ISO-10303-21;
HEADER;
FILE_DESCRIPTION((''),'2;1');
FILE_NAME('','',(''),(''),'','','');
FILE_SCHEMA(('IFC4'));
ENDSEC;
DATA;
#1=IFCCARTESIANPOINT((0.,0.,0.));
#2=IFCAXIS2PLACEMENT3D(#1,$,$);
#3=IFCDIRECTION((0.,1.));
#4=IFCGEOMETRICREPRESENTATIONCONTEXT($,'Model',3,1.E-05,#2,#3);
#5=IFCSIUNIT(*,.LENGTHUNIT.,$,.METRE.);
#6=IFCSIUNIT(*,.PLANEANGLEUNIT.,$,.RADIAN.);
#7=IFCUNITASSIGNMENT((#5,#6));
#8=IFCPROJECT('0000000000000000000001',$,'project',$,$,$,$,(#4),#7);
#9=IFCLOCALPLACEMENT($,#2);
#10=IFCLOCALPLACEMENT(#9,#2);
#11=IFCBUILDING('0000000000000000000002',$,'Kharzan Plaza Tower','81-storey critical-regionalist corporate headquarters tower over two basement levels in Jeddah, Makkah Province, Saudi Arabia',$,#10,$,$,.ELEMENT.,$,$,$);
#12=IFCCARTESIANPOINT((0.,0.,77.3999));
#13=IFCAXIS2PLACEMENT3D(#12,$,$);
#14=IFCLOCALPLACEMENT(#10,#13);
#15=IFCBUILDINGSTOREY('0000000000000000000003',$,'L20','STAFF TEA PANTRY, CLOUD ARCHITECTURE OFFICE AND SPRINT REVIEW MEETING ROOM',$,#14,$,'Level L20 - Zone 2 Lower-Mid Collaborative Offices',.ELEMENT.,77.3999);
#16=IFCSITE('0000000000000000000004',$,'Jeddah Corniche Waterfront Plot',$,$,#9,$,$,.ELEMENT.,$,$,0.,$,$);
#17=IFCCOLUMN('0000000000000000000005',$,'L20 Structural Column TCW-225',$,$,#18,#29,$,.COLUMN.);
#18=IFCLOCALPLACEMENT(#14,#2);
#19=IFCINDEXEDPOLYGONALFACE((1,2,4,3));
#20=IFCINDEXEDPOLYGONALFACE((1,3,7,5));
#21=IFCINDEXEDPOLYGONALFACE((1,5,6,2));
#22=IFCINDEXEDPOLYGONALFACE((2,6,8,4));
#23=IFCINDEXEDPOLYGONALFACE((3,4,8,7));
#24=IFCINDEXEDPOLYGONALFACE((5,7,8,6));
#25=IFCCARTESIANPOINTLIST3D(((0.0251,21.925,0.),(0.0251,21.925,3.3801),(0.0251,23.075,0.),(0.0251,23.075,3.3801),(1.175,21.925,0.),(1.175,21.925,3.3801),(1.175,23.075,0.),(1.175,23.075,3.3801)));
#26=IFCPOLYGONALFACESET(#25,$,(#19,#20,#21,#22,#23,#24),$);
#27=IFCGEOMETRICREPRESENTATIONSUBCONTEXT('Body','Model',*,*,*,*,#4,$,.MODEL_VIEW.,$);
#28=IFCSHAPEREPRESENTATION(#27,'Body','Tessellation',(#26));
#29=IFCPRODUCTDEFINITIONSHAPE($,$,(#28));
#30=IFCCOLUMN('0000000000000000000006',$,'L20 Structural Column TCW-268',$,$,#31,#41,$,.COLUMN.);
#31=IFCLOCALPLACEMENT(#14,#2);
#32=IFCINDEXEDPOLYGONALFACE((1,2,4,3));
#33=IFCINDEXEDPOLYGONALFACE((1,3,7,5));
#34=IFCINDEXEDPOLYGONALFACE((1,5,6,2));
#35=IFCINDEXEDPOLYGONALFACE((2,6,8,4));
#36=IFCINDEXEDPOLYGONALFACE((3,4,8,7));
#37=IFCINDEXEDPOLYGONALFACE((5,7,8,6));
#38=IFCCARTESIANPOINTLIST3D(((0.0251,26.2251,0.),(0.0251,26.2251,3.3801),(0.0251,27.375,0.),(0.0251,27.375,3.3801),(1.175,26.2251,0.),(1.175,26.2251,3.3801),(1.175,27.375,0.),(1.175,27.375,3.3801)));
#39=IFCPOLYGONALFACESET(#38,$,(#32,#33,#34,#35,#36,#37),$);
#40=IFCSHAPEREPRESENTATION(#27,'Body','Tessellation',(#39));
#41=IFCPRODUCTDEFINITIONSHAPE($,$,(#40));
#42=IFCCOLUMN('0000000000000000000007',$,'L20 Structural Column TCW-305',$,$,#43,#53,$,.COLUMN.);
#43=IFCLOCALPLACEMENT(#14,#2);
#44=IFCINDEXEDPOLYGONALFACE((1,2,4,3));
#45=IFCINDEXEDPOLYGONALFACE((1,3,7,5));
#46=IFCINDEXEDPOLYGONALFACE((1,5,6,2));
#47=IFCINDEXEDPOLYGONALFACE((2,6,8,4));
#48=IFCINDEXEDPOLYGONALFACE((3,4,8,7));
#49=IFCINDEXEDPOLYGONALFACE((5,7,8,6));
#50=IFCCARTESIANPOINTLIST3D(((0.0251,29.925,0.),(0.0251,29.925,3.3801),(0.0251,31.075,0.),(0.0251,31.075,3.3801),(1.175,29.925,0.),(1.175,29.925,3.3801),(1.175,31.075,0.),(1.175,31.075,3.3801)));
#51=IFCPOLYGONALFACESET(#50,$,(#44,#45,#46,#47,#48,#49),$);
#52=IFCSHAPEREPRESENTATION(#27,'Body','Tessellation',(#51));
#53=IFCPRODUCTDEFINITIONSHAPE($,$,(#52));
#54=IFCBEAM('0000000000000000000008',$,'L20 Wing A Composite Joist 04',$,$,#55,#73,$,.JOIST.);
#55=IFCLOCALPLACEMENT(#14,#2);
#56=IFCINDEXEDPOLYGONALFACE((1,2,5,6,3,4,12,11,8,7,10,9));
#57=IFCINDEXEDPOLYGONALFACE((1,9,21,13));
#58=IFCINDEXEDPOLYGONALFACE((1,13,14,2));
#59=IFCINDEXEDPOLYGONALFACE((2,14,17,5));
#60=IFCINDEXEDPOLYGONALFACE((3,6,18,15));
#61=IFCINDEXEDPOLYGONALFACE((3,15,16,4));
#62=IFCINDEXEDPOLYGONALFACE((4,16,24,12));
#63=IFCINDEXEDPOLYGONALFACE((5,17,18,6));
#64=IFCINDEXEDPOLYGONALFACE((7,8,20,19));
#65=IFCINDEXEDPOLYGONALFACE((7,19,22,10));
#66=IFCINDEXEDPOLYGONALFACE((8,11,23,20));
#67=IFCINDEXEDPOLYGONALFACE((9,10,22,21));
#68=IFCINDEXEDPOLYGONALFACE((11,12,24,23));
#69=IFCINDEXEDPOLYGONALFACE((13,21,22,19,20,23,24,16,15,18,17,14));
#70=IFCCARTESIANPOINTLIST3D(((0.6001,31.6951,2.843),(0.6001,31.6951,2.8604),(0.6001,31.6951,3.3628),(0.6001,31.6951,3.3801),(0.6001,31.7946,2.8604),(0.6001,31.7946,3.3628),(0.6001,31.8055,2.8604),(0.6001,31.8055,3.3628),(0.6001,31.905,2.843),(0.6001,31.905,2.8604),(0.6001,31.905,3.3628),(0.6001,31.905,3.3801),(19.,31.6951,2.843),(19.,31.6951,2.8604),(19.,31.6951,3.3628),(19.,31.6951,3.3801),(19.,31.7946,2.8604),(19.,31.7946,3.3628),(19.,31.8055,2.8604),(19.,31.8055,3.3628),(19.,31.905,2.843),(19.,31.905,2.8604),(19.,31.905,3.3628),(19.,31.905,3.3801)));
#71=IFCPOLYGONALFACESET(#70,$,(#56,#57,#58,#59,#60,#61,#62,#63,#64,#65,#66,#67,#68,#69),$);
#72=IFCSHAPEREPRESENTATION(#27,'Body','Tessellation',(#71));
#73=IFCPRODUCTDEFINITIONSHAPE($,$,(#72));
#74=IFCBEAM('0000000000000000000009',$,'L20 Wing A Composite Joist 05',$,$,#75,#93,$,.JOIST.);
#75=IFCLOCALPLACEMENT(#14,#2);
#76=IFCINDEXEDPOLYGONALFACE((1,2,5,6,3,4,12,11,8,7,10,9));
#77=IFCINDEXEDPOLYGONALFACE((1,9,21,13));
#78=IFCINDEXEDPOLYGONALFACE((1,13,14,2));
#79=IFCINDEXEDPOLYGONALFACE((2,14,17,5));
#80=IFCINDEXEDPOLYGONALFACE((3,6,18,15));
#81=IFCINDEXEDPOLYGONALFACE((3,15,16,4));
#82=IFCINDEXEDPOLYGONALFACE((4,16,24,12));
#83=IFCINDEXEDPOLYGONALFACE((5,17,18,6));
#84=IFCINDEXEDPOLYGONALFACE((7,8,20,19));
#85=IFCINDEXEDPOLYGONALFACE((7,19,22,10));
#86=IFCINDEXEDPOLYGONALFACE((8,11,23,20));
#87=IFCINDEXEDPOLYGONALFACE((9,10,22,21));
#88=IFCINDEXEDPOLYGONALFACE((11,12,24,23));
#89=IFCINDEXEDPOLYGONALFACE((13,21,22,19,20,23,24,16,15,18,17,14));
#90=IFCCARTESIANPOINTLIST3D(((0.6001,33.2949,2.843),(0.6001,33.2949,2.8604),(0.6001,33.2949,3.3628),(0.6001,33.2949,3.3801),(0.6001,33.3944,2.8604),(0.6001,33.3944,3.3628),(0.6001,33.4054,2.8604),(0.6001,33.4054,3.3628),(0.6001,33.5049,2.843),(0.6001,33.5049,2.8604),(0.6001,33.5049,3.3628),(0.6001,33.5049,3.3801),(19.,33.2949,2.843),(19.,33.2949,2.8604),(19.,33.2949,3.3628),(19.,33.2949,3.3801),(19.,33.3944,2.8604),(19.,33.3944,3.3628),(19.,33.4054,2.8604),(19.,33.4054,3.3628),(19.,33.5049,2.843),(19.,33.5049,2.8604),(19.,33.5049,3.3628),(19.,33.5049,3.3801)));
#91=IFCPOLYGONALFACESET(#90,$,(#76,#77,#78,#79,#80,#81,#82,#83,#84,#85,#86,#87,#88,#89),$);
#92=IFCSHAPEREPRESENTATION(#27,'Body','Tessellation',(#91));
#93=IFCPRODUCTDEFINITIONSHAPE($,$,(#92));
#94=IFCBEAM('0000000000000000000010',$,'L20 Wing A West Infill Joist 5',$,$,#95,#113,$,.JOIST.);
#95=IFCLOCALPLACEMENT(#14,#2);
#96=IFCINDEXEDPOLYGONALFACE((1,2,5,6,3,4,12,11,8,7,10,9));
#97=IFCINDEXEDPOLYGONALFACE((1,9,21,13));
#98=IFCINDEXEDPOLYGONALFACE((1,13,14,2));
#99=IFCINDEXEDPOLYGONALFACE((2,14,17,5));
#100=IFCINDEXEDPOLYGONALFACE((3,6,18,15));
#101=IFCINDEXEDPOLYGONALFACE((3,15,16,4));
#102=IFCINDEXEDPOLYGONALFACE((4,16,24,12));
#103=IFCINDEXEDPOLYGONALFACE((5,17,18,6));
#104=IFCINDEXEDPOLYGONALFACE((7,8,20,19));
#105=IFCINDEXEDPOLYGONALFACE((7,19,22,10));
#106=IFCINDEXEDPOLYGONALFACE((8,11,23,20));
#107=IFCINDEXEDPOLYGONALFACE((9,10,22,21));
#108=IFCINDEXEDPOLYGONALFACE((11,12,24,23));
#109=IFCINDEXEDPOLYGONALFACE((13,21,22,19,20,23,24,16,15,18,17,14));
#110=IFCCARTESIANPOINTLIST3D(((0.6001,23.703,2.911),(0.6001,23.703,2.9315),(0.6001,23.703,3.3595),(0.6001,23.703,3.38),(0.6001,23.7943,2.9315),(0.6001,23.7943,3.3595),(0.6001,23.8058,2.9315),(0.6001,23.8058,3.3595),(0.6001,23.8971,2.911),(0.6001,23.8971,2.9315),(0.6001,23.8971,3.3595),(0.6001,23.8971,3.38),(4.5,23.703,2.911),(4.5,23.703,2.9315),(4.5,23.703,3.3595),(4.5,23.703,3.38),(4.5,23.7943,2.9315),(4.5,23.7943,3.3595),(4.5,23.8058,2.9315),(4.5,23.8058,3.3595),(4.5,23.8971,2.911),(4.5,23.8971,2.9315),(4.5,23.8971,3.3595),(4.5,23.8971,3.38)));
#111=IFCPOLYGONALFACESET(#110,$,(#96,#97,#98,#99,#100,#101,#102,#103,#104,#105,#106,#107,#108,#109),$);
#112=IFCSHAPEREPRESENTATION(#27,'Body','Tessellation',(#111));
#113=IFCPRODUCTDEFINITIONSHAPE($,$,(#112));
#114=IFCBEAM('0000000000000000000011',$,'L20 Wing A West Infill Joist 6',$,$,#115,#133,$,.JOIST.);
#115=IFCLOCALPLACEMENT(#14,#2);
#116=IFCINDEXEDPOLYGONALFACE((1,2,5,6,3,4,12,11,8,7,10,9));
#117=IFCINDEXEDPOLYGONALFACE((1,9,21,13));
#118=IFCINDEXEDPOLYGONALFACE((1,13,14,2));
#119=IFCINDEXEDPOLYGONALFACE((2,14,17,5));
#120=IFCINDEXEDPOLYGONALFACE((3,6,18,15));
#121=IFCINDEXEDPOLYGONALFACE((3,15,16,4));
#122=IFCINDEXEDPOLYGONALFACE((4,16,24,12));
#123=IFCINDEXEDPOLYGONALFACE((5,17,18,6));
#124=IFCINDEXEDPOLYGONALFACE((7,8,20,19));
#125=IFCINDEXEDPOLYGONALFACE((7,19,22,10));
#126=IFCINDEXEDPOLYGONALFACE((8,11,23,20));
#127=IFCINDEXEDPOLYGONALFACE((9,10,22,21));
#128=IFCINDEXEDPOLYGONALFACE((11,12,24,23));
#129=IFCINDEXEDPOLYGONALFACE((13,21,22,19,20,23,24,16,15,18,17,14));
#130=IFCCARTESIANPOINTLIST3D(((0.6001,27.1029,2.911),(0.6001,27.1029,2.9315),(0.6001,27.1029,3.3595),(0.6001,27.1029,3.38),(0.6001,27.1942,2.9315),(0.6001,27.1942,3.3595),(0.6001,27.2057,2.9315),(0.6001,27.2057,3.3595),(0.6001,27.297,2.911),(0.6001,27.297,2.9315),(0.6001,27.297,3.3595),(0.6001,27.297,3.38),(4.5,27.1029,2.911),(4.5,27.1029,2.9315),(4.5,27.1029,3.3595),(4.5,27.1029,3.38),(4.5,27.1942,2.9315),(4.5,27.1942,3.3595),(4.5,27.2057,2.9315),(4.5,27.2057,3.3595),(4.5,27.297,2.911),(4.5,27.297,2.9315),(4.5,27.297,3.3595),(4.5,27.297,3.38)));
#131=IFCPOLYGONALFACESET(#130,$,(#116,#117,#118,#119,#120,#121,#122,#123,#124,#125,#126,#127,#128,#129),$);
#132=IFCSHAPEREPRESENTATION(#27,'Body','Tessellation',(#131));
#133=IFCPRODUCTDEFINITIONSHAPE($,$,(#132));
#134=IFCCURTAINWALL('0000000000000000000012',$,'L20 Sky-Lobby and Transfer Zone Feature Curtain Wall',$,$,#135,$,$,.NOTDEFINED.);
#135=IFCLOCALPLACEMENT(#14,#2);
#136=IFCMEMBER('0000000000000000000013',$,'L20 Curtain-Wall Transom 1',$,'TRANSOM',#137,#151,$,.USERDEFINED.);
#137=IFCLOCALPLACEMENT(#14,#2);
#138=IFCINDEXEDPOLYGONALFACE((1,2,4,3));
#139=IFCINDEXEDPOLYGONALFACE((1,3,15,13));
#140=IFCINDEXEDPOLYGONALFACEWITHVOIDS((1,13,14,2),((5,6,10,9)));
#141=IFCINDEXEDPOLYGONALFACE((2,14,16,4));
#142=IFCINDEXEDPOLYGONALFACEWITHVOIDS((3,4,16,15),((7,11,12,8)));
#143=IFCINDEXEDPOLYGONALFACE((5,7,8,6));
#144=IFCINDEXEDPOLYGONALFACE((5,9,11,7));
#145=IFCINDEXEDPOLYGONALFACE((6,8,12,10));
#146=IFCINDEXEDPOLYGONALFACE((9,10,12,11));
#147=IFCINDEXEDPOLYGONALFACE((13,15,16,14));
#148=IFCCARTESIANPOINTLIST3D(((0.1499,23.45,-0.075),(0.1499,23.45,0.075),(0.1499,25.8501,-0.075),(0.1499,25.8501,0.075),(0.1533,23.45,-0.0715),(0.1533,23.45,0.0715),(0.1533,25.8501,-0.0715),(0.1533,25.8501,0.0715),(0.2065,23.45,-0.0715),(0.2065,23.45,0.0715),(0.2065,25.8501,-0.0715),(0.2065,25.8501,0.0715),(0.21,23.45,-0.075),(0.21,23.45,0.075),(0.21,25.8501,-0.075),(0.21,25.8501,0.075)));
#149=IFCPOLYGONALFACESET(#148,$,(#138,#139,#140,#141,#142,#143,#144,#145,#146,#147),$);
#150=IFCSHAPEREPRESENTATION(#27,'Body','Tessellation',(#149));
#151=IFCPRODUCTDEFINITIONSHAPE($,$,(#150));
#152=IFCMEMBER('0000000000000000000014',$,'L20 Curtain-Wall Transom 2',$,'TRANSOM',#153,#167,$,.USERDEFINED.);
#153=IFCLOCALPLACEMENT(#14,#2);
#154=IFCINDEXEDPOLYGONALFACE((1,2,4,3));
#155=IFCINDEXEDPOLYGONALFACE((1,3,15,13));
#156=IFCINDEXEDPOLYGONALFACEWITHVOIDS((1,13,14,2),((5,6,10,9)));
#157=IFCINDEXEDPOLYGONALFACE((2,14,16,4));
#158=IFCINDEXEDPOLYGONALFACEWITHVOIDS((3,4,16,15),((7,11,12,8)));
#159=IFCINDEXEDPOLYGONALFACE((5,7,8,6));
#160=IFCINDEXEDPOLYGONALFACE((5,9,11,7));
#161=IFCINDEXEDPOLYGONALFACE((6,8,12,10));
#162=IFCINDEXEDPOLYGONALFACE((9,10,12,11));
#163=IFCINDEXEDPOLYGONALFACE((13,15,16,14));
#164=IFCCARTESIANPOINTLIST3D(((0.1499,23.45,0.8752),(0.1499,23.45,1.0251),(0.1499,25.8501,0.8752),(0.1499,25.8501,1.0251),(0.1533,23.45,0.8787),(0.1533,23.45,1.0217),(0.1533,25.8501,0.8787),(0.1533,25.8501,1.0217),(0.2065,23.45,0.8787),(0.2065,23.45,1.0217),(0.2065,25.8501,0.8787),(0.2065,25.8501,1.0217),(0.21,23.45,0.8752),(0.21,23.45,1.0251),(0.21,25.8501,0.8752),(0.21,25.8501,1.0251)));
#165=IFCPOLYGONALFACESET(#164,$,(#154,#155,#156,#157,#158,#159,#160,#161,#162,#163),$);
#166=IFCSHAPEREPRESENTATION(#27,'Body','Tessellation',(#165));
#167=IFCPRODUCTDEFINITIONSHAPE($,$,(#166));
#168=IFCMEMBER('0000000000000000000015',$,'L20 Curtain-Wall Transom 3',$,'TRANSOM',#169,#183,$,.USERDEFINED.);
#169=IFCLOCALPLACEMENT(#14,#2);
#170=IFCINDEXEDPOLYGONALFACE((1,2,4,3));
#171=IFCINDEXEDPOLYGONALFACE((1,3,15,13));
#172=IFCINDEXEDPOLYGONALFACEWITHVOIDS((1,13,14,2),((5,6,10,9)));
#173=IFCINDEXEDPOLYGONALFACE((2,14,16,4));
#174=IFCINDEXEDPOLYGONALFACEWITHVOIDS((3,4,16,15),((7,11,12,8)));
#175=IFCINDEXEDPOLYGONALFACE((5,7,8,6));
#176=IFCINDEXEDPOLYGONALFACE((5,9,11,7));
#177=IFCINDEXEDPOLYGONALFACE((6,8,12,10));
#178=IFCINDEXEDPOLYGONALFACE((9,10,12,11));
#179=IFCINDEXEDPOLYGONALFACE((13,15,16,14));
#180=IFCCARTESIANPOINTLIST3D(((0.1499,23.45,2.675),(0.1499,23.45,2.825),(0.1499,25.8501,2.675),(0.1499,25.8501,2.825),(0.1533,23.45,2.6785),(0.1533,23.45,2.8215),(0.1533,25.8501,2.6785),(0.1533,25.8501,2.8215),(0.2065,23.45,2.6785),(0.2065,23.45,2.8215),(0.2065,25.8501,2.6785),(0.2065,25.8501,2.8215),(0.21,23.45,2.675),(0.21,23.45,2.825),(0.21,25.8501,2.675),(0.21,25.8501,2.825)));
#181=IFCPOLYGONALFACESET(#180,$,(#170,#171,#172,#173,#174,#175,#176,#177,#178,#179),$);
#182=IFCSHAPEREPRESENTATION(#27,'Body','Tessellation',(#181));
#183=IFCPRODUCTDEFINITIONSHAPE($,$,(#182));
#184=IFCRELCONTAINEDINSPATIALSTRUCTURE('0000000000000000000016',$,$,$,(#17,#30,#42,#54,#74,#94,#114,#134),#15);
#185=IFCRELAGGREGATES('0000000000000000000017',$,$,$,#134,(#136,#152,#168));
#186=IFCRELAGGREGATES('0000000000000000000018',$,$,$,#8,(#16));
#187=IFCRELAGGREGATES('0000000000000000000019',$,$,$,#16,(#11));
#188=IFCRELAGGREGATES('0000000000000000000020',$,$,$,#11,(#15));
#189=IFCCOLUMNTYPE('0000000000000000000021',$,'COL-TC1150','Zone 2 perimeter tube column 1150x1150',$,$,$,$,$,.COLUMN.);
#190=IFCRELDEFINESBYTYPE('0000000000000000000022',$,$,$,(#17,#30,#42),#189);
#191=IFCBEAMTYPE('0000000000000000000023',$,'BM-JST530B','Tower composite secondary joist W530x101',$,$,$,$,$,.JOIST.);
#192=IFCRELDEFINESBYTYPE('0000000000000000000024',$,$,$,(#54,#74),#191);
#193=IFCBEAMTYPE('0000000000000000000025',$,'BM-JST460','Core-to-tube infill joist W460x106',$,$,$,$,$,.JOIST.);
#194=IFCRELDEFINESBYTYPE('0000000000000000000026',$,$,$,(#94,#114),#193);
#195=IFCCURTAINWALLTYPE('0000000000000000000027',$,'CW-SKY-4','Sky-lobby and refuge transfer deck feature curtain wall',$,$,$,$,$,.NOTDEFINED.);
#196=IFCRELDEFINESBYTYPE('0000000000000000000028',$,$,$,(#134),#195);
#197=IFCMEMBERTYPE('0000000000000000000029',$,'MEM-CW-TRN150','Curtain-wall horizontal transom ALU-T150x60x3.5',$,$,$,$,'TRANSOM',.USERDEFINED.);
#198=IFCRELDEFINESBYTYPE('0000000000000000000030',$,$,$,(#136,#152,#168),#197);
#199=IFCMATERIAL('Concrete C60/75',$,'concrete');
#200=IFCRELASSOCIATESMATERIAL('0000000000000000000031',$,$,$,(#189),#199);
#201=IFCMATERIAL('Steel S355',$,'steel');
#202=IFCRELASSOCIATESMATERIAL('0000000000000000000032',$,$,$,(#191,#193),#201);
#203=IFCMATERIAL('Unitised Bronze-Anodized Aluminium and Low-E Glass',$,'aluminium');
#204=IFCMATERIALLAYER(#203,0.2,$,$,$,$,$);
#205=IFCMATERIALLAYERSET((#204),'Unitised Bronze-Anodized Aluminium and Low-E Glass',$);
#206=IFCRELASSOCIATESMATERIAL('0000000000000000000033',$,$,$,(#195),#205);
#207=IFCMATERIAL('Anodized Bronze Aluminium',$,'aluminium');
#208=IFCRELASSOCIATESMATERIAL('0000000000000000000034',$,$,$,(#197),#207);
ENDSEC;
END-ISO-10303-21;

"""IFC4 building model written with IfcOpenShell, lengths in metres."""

from ifc_helpers import new_model, si_unit, direction, frame, origin, origin_2d, place, context, subcontext, project, spatial, rectangle, hollow_rectangle, i_section, extrude, source, transform, mapped, material, layer, layer_set, material_profile, profile_set, type_object, element, aggregate, save


model = new_model("IFC4")

# Units and contexts
model_context = context("Model", 3, precision=1e-05, world=origin(), true_north=direction((0.0, 1.0)))
body_context = subcontext(model_context, "Body", "Model", "MODEL_VIEW")
ifc_project = project(units=[si_unit("LENGTHUNIT", "METRE"), si_unit("PLANEANGLEUNIT", "RADIAN")], contexts=[model_context])

# Site, building, storey
site_placement = place(None, origin())
site = spatial("IfcSite", under=ifc_project, at=site_placement, Name="Jeddah Corniche Waterfront Plot", CompositionType="ELEMENT", RefElevation=0.0)
building_placement = place(site_placement, origin())
building = spatial("IfcBuilding", under=site, at=building_placement, Name="Kharzan Plaza Tower", Description="81-storey critical-regionalist corporate headquarters tower over two basement levels in Jeddah, Makkah Province, Saudi Arabia", CompositionType="ELEMENT")
storey_placement = place(building_placement, frame((0.0, 0.0, 77.3999)))
storey = spatial("IfcBuildingStorey", under=building, at=storey_placement, Name="L20", Description="STAFF TEA PANTRY, CLOUD ARCHITECTURE OFFICE AND SPRINT REVIEW MEETING ROOM", LongName="Level L20 - Zone 2 Lower-Mid Collaborative Offices", CompositionType="ELEMENT", Elevation=77.3999)

# Columns
ifc_material_1 = material(Name="Concrete C60/75", Category="concrete")
ifc_material_profile_1 = material_profile(ifc_material_1, rectangle(XDim=1.1499, YDim=1.1499, at=origin_2d()), Name="RC-TC1150x1150")
ifc_profile_set_1 = profile_set([ifc_material_profile_1], Name="Concrete C60/75")
column_type = type_object("IfcColumnType", Name="COL-TC1150", Description="Zone 2 perimeter tube column 1150x1150", PredefinedType="COLUMN", material=ifc_profile_set_1)
shared_shape_1 = source(origin(), body_context, "Body", "SweptSolid", [
    extrude(rectangle(XDim=1.1499, YDim=1.1499, at=origin_2d()), origin(), (0.0, 0.0, 1.0), 3.3801),
])
for number, where, z_axis, x_axis, name in (
    (1, (0.6001, 22.5, 0.0), (0.0, 0.0, 1.0), (1.0, 0.0, 0.0), "L20 Structural Column TCW-225"),
    (2, (0.6001, 26.8, 0.0), (0.0, 0.0, 1.0), (1.0, 0.0, 0.0), "L20 Structural Column TCW-268"),
    (3, (0.6001, 30.5, 0.0), (0.0, 0.0, 1.0), (1.0, 0.0, 0.0), "L20 Structural Column TCW-305"),
):
    element("IfcColumn", number, at=place(storey_placement, frame(where, z_axis=z_axis, x_axis=x_axis)), inside=storey, type_object=column_type, Name=name, PredefinedType="COLUMN", context=body_context, shape_type="MappedRepresentation", body=[
        mapped(shared_shape_1, transform((0.0, 0.0, 0.0), x_axis=(1.0, 0.0, 0.0), y_axis=(0.0, 1.0, 0.0), z_axis=(0.0, 0.0, 1.0))),
    ])

# Beams
ifc_material_2 = material(Name="Steel S355", Category="steel")
ifc_material_profile_2 = material_profile(ifc_material_2, i_section(OverallWidth=0.21, OverallDepth=0.5371, WebThickness=0.011, FlangeThickness=0.0173, at=origin_2d()), Name="W530x101")
ifc_profile_set_2 = profile_set([ifc_material_profile_2], Name="Steel S355")
beam_type_1 = type_object("IfcBeamType", Name="BM-JST530B", Description="Tower composite secondary joist W530x101", PredefinedType="JOIST", material=ifc_profile_set_2)
shared_shape_2 = source(origin(), body_context, "Body", "SweptSolid", [
    extrude(i_section(OverallWidth=0.21, OverallDepth=0.5371, WebThickness=0.011, FlangeThickness=0.0173, at=origin_2d()), origin(), (0.0, 0.0, 1.0), 18.3999),
])
for number, where, z_axis, x_axis, name in (
    (4, (0.6001, 31.8, 3.1116), (1.0, 0.0, 0.0), (0.0, 1.0, 0.0), "L20 Wing A Composite Joist 04"),
    (5, (0.6001, 33.3999, 3.1116), (1.0, 0.0, 0.0), (0.0, 1.0, 0.0), "L20 Wing A Composite Joist 05"),
):
    element("IfcBeam", number, at=place(storey_placement, frame(where, z_axis=z_axis, x_axis=x_axis)), inside=storey, type_object=beam_type_1, Name=name, PredefinedType="JOIST", context=body_context, shape_type="MappedRepresentation", body=[
        mapped(shared_shape_2, transform((0.0, 0.0, 0.0), x_axis=(1.0, 0.0, 0.0), y_axis=(0.0, 1.0, 0.0), z_axis=(0.0, 0.0, 1.0))),
    ])
ifc_material_profile_3 = material_profile(ifc_material_2, i_section(OverallWidth=0.1941, OverallDepth=0.469, WebThickness=0.0115, FlangeThickness=0.0205, at=origin_2d()), Name="W460x106")
ifc_profile_set_3 = profile_set([ifc_material_profile_3], Name="Steel S355")
beam_type_2 = type_object("IfcBeamType", Name="BM-JST460", Description="Core-to-tube infill joist W460x106", PredefinedType="JOIST", material=ifc_profile_set_3)
shared_shape_3 = source(origin(), body_context, "Body", "SweptSolid", [
    extrude(i_section(OverallWidth=0.1941, OverallDepth=0.469, WebThickness=0.0115, FlangeThickness=0.0205, at=origin_2d()), origin(), (0.0, 0.0, 1.0), 3.8999),
])
for number, where, z_axis, x_axis, name in (
    (6, (0.6001, 23.8, 3.1455), (1.0, 0.0, 0.0), (0.0, 1.0, 0.0), "L20 Wing A West Infill Joist 5"),
    (7, (0.6001, 27.2, 3.1455), (1.0, 0.0, 0.0), (0.0, 1.0, 0.0), "L20 Wing A West Infill Joist 6"),
):
    element("IfcBeam", number, at=place(storey_placement, frame(where, z_axis=z_axis, x_axis=x_axis)), inside=storey, type_object=beam_type_2, Name=name, PredefinedType="JOIST", context=body_context, shape_type="MappedRepresentation", body=[
        mapped(shared_shape_3, transform((0.0, 0.0, 0.0), x_axis=(1.0, 0.0, 0.0), y_axis=(0.0, 1.0, 0.0), z_axis=(0.0, 0.0, 1.0))),
    ])

# Curtain wall, members
ifc_material_3 = material(Name="Unitised Bronze-Anodized Aluminium and Low-E Glass", Category="aluminium")
ifc_layer_1 = layer(ifc_material_3, 0.2)
ifc_layer_set_1 = layer_set([ifc_layer_1], Name="Unitised Bronze-Anodized Aluminium and Low-E Glass")
curtain_wall_type = type_object("IfcCurtainWallType", Name="CW-SKY-4", Description="Sky-lobby and refuge transfer deck feature curtain wall", PredefinedType="NOTDEFINED", material=ifc_layer_set_1)
curtain_wall_placement = place(storey_placement, origin())
curtain_wall = element("IfcCurtainWall", 8, at=curtain_wall_placement, inside=storey, type_object=curtain_wall_type, Name="L20 Sky-Lobby and Transfer Zone Feature Curtain Wall", PredefinedType="NOTDEFINED")
ifc_material_4 = material(Name="Anodized Bronze Aluminium", Category="aluminium")
ifc_material_profile_4 = material_profile(ifc_material_4, hollow_rectangle(XDim=0.0601, YDim=0.1499, WallThickness=0.0034, at=origin_2d()), Name="ALU-T150x60x3.5")
ifc_profile_set_4 = profile_set([ifc_material_profile_4], Name="Anodized Bronze Aluminium")
member_type_1 = type_object("IfcMemberType", Name="MEM-CW-TRN150", Description="Curtain-wall horizontal transom ALU-T150x60x3.5", ElementType="TRANSOM", PredefinedType="USERDEFINED", material=ifc_profile_set_4)
shared_shape_4 = source(origin(), body_context, "Body", "SweptSolid", [
    extrude(hollow_rectangle(XDim=0.0601, YDim=0.1499, WallThickness=0.0034, at=origin_2d()), origin(), (0.0, 0.0, 1.0), 2.4001),
])
member_1_placement = place(storey_placement, frame((0.1799, 23.45, 0.0), z_axis=(0.0, 1.0, 0.0), x_axis=(-1.0, 0.0, 0.0)))
member_1 = element("IfcMember", 9, at=member_1_placement, type_object=member_type_1, Name="L20 Curtain-Wall Transom 1", ObjectType="TRANSOM", PredefinedType="USERDEFINED", context=body_context, shape_type="MappedRepresentation", body=[
    mapped(shared_shape_4, transform((0.0, 0.0, 0.0), x_axis=(1.0, 0.0, 0.0), y_axis=(0.0, 1.0, 0.0), z_axis=(0.0, 0.0, 1.0))),
])
member_2_placement = place(storey_placement, frame((0.1799, 23.45, 0.9502), z_axis=(0.0, 1.0, 0.0), x_axis=(-1.0, 0.0, 0.0)))
member_2 = element("IfcMember", 10, at=member_2_placement, type_object=member_type_1, Name="L20 Curtain-Wall Transom 2", ObjectType="TRANSOM", PredefinedType="USERDEFINED", context=body_context, shape_type="MappedRepresentation", body=[
    mapped(shared_shape_4, transform((0.0, 0.0, 0.0), x_axis=(1.0, 0.0, 0.0), y_axis=(0.0, 1.0, 0.0), z_axis=(0.0, 0.0, 1.0))),
])
member_3_placement = place(storey_placement, frame((0.1799, 23.45, 2.75), z_axis=(0.0, 1.0, 0.0), x_axis=(-1.0, 0.0, 0.0)))
member_3 = element("IfcMember", 11, at=member_3_placement, type_object=member_type_1, Name="L20 Curtain-Wall Transom 3", ObjectType="TRANSOM", PredefinedType="USERDEFINED", context=body_context, shape_type="MappedRepresentation", body=[
    mapped(shared_shape_4, transform((0.0, 0.0, 0.0), x_axis=(1.0, 0.0, 0.0), y_axis=(0.0, 1.0, 0.0), z_axis=(0.0, 0.0, 1.0))),
])

aggregate(curtain_wall, [member_1, member_2, member_3])

save(model, "model.ifc")
